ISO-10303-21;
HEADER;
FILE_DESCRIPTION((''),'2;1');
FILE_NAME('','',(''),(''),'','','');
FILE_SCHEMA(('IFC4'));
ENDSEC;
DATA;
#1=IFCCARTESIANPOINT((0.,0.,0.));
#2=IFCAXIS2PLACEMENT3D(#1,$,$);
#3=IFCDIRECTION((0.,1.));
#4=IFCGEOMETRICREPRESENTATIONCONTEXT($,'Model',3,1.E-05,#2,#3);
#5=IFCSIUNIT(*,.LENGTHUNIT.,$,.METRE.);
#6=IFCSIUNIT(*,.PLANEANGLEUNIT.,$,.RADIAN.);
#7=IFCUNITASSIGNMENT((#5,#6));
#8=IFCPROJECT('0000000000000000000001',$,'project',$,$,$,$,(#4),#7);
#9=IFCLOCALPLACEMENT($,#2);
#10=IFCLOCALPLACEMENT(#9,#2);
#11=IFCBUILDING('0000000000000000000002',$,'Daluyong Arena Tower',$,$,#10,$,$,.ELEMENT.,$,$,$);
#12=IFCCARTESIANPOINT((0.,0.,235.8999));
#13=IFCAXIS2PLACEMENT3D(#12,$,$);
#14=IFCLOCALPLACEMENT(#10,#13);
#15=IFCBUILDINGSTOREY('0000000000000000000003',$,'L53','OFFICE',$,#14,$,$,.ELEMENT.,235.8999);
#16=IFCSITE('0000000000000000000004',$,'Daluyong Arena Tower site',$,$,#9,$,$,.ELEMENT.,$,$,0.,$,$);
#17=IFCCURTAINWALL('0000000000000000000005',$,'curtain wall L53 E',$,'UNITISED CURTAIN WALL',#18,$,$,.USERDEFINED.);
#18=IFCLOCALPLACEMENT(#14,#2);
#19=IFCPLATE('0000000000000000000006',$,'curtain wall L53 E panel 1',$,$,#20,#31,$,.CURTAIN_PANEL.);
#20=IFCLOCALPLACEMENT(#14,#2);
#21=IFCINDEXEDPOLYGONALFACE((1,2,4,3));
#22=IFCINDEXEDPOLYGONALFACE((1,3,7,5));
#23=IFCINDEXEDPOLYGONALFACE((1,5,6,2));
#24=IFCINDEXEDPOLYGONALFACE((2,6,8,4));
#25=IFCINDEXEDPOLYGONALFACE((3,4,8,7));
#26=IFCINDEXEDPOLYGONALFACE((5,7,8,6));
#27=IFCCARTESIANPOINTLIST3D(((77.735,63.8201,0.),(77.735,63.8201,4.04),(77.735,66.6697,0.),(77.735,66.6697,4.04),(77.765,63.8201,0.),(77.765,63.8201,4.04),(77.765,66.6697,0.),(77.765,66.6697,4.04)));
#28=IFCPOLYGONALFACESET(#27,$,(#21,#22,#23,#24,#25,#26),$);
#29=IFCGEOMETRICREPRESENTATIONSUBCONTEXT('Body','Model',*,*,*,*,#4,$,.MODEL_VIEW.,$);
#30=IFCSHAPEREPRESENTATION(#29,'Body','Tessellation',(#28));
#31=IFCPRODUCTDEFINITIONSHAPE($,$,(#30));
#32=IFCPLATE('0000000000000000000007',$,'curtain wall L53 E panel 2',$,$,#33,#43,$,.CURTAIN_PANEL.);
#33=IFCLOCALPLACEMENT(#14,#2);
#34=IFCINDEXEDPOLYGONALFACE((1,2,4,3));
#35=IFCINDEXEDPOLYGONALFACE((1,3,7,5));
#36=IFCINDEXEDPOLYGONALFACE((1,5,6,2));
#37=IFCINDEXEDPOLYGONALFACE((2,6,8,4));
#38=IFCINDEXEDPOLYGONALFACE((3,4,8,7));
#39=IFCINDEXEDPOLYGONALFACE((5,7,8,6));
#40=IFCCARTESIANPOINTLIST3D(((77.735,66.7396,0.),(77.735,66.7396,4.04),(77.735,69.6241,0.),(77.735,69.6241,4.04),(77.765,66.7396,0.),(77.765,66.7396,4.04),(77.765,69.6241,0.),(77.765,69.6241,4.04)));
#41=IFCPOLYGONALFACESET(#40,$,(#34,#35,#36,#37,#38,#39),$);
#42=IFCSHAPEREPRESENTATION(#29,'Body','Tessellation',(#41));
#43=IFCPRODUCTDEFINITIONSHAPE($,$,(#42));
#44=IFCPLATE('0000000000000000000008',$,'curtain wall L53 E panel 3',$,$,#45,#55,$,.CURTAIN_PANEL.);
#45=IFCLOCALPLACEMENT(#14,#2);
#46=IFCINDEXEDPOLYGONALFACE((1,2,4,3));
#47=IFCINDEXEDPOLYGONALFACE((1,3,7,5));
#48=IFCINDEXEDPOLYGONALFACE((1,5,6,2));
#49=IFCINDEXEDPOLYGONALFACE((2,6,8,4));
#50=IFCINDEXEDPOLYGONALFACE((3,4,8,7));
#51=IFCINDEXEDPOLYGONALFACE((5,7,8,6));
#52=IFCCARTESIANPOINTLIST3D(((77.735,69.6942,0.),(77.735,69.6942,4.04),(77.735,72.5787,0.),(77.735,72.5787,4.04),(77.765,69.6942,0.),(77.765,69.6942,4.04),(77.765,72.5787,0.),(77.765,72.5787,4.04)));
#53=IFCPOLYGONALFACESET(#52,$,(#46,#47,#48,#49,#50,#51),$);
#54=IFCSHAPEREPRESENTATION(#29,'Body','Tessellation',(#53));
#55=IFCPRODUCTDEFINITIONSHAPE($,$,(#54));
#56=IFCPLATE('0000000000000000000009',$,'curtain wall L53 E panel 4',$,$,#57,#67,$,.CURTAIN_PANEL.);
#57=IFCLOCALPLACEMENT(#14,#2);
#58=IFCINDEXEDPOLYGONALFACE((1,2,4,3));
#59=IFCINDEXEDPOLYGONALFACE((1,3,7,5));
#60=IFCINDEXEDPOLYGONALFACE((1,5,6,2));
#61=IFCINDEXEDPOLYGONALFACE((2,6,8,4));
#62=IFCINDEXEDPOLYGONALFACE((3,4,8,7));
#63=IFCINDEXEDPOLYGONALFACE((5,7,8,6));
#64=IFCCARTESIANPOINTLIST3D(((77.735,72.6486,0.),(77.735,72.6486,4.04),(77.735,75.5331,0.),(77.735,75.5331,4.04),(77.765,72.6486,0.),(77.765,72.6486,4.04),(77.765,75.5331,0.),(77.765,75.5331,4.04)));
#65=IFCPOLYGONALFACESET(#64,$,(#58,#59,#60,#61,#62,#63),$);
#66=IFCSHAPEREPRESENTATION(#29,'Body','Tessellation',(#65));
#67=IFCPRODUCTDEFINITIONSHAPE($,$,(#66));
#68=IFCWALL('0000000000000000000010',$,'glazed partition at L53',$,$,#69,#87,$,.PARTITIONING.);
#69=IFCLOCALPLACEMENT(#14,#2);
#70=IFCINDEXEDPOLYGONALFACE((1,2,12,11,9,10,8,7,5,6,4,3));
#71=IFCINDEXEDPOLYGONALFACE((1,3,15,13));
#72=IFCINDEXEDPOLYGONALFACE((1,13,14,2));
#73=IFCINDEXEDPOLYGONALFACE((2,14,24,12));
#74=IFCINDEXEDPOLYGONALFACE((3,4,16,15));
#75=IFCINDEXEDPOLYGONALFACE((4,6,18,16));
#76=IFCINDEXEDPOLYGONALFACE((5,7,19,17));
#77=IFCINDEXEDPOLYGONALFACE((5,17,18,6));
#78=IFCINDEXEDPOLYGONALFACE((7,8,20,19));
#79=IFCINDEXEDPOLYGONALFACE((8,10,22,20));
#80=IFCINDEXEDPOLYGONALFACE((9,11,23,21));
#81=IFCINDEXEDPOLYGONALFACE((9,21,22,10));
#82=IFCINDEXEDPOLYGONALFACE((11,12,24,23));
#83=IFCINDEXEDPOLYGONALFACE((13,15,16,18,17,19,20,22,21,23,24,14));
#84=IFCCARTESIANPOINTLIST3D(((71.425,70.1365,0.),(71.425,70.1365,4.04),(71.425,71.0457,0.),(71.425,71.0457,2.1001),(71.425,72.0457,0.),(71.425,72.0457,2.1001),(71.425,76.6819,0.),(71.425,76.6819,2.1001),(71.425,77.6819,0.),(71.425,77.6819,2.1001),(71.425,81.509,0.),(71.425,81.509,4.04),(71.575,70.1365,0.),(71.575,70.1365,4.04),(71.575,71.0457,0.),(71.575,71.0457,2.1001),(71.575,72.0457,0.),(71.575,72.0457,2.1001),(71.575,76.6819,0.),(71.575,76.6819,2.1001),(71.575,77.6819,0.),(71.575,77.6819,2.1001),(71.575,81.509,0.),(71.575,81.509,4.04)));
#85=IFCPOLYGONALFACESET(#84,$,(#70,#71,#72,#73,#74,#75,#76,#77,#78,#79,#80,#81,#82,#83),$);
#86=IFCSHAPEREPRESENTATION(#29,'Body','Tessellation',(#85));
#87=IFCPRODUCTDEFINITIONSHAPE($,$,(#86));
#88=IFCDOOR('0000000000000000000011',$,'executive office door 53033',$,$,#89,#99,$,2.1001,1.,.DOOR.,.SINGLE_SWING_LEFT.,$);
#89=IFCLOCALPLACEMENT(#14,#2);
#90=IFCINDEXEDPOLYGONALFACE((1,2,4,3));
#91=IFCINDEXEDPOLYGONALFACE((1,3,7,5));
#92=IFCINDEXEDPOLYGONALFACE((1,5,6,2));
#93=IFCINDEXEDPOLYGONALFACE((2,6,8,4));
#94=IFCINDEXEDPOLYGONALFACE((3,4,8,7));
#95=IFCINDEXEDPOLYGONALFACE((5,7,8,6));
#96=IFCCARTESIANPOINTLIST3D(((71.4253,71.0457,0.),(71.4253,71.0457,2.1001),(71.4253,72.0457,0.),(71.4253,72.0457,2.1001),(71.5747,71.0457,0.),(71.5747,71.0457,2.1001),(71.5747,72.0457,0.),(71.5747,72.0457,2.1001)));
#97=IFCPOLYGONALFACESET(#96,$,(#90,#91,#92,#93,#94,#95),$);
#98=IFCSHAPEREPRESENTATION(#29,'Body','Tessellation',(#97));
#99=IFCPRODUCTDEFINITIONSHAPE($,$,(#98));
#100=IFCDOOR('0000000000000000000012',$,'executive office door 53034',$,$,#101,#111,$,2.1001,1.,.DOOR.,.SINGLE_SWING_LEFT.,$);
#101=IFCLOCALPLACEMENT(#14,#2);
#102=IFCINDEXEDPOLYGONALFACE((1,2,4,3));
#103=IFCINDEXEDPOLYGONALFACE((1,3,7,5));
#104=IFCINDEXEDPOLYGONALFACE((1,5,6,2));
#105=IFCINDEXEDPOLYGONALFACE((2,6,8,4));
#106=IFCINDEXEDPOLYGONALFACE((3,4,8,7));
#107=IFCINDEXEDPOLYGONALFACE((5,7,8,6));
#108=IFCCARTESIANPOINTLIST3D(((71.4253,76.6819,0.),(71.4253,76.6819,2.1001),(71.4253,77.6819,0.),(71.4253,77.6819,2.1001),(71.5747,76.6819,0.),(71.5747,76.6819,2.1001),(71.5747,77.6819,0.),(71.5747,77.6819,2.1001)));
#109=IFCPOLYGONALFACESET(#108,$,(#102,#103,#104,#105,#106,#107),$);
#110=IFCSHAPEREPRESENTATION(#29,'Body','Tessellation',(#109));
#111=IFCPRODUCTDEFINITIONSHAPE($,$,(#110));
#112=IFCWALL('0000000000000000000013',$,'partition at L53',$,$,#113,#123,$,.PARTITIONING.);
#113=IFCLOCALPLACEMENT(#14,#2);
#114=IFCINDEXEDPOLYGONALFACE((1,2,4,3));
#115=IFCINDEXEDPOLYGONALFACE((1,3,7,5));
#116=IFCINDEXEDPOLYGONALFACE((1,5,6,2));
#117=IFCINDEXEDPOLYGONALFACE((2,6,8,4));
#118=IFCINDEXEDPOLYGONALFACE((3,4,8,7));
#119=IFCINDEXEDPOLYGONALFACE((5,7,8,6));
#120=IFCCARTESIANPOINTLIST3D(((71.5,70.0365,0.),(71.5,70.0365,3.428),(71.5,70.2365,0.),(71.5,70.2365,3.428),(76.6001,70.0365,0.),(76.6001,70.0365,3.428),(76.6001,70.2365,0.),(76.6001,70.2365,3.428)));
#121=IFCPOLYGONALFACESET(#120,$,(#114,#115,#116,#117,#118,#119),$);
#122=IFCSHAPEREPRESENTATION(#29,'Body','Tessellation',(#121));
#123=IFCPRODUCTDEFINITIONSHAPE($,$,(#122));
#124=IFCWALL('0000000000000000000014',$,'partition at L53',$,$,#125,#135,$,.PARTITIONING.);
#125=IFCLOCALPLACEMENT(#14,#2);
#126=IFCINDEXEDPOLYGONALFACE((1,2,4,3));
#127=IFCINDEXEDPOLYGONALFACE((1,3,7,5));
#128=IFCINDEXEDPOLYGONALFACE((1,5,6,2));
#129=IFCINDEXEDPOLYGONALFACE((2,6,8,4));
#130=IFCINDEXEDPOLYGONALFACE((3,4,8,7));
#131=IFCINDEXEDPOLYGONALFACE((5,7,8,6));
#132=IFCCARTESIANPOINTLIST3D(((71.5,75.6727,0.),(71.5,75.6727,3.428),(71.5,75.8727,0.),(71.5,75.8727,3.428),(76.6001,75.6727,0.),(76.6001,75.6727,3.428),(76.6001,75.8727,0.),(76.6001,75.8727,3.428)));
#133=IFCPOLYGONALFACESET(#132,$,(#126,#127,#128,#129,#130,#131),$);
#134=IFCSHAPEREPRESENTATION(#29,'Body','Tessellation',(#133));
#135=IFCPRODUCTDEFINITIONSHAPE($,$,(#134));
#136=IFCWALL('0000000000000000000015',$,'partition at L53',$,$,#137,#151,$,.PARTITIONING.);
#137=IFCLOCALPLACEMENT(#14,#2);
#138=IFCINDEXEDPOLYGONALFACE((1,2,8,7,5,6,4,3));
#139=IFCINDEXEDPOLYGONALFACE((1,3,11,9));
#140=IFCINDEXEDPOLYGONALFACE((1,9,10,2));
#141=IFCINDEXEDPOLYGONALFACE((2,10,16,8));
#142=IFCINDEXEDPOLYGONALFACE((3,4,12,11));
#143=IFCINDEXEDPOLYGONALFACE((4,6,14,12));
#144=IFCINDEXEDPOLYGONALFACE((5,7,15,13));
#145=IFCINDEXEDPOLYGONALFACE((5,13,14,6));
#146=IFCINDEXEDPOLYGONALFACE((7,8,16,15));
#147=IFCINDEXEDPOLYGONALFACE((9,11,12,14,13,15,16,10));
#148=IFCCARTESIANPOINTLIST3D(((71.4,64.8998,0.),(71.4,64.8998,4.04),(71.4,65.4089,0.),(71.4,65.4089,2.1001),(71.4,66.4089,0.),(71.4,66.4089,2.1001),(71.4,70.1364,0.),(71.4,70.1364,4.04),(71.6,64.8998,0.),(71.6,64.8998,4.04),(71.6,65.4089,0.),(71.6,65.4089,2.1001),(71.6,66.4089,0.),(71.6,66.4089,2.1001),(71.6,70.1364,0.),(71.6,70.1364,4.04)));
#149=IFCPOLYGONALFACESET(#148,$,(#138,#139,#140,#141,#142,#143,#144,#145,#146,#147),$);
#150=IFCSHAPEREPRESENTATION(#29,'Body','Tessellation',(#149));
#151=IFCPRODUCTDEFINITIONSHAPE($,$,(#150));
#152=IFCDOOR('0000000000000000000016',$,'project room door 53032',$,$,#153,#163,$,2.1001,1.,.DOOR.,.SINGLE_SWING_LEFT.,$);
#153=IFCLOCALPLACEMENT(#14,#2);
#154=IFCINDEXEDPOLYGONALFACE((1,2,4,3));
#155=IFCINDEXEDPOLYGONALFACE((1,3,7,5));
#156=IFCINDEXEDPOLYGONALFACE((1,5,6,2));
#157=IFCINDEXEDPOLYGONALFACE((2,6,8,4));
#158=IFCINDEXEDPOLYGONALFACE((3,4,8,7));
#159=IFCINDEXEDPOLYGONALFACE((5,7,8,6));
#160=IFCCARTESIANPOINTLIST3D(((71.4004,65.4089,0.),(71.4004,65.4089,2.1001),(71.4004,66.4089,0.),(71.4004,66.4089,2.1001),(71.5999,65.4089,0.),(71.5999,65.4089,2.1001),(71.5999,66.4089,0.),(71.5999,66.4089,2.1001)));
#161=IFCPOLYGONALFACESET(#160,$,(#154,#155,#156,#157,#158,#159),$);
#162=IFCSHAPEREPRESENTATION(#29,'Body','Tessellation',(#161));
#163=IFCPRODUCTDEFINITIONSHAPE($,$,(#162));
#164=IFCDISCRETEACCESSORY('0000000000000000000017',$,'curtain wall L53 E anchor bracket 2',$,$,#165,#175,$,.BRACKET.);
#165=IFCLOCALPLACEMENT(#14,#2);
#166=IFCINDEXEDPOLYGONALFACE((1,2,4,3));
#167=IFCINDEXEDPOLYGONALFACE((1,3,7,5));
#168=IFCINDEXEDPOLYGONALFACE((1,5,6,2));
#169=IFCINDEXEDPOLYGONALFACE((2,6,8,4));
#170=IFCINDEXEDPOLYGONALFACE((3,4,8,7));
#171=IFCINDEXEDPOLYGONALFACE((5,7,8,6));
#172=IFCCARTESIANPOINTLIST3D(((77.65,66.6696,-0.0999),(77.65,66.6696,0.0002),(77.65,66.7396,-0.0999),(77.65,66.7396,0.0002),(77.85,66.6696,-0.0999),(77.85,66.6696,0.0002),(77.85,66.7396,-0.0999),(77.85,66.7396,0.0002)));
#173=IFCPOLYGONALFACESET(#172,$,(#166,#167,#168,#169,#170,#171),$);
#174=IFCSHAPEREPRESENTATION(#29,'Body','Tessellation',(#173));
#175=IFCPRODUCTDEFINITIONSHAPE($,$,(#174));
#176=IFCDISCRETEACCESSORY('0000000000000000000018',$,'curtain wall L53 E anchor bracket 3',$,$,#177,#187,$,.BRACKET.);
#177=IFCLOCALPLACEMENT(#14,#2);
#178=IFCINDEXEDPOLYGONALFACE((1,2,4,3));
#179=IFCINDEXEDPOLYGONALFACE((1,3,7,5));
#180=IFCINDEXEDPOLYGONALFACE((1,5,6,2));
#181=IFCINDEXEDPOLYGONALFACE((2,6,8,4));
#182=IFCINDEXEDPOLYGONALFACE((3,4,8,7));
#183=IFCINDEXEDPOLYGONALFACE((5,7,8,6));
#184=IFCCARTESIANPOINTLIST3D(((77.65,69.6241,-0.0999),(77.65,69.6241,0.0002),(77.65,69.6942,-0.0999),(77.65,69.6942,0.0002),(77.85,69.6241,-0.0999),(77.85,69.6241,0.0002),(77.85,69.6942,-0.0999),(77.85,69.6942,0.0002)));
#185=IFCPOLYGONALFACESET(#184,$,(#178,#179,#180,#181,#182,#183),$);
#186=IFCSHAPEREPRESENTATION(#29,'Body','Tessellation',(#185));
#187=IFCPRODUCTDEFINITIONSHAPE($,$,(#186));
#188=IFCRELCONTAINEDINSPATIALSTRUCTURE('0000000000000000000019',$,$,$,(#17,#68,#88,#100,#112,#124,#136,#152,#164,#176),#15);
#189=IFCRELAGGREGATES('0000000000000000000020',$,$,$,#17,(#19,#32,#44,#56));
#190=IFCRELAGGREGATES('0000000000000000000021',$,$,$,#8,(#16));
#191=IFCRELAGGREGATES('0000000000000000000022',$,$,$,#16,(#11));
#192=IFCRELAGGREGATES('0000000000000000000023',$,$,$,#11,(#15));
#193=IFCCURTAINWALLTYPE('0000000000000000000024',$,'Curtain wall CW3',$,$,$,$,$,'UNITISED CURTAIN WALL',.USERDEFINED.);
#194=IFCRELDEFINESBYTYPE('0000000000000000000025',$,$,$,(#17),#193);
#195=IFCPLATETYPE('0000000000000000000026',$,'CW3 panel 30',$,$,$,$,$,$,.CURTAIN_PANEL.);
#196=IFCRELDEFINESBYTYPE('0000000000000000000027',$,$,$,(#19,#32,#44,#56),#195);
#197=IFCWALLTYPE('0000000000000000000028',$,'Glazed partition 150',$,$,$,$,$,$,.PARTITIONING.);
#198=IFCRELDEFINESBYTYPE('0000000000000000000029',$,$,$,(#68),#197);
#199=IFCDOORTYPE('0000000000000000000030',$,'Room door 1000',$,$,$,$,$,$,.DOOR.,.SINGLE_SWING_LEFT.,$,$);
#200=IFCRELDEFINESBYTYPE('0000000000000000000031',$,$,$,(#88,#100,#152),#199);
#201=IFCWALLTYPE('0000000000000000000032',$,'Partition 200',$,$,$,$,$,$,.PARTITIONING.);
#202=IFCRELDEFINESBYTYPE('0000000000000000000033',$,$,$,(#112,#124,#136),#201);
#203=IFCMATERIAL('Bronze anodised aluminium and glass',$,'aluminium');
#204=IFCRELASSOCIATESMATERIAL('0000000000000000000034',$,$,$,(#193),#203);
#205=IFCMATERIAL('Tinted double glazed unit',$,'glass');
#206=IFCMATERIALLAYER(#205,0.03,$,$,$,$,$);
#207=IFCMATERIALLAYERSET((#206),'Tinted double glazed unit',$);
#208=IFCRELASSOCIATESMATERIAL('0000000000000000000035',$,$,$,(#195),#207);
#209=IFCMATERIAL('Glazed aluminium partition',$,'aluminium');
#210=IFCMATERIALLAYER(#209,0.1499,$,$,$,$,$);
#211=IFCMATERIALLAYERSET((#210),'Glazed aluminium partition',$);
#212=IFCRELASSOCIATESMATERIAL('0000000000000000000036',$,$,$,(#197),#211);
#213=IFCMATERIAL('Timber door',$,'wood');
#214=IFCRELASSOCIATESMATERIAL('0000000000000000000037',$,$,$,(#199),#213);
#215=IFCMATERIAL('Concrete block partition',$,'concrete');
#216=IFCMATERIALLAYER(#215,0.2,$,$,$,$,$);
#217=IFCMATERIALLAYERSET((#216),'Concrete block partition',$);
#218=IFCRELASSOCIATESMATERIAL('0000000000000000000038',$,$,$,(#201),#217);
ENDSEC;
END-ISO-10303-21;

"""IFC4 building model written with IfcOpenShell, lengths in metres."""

from ifc_helpers import new_model, si_unit, direction, frame, frame_2d, origin, origin_2d, place, context, subcontext, project, spatial, rectangle, extrude, material, layer, layer_set, type_object, element, fill, aggregate, save


model = new_model("IFC4")

# Units and contexts
model_context = context("Model", 3, precision=1e-05, world=origin(), true_north=direction((0.0, 1.0)))
body_context = subcontext(model_context, "Body", "Model", "MODEL_VIEW")
ifc_project = project(units=[si_unit("LENGTHUNIT", "METRE"), si_unit("PLANEANGLEUNIT", "RADIAN")], contexts=[model_context])

# Site, building, storey
site_placement = place(None, origin())
site = spatial("IfcSite", under=ifc_project, at=site_placement, Name="Daluyong Arena Tower site", CompositionType="ELEMENT", RefElevation=0.0)
building_placement = place(site_placement, origin())
building = spatial("IfcBuilding", under=site, at=building_placement, Name="Daluyong Arena Tower", CompositionType="ELEMENT")
storey_placement = place(building_placement, frame((0.0, 0.0, 235.8999)))
storey = spatial("IfcBuildingStorey", under=building, at=storey_placement, Name="L53", Description="OFFICE", CompositionType="ELEMENT", Elevation=235.8999)

# Curtain wall
ifc_material_1 = material(Name="Bronze anodised aluminium and glass", Category="aluminium")
curtain_wall_type = type_object("IfcCurtainWallType", Name="Curtain wall CW3", ElementType="UNITISED CURTAIN WALL", PredefinedType="USERDEFINED", material=ifc_material_1)
curtain_wall_placement = place(storey_placement, origin())
curtain_wall = element("IfcCurtainWall", 1, at=curtain_wall_placement, inside=storey, type_object=curtain_wall_type, Name="curtain wall L53 E", ObjectType="UNITISED CURTAIN WALL", PredefinedType="USERDEFINED")

# Plates
ifc_material_2 = material(Name="Tinted double glazed unit", Category="glass")
ifc_layer_1 = layer(ifc_material_2, 0.03)
ifc_layer_set_1 = layer_set([ifc_layer_1], Name="Tinted double glazed unit")
plate_type = type_object("IfcPlateType", Name="CW3 panel 30", PredefinedType="CURTAIN_PANEL", material=ifc_layer_set_1)
plate_1_placement = place(storey_placement, frame((77.75, 65.2449, 0.0), z_axis=(0.0, 0.0, 1.0), x_axis=(0.0, 1.0, 0.0)))
plate_1 = element("IfcPlate", 2, at=plate_1_placement, type_object=plate_type, Name="curtain wall L53 E panel 1", PredefinedType="CURTAIN_PANEL", context=body_context, shape_type="SweptSolid", body=[
    extrude(rectangle(XDim=2.8496, YDim=0.03, at=origin_2d()), origin(), (0.0, 0.0, 1.0), 4.04),
])
plate_2_placement = place(storey_placement, frame((77.75, 68.1819, 0.0), z_axis=(0.0, 0.0, 1.0), x_axis=(0.0, 1.0, 0.0)))
plate_2 = element("IfcPlate", 3, at=plate_2_placement, type_object=plate_type, Name="curtain wall L53 E panel 2", PredefinedType="CURTAIN_PANEL", context=body_context, shape_type="SweptSolid", body=[
    extrude(rectangle(XDim=2.8845, YDim=0.03, at=origin_2d()), origin(), (0.0, 0.0, 1.0), 4.04),
])
plate_3_placement = place(storey_placement, frame((77.75, 71.1365, 0.0), z_axis=(0.0, 0.0, 1.0), x_axis=(0.0, 1.0, 0.0)))
plate_3 = element("IfcPlate", 4, at=plate_3_placement, type_object=plate_type, Name="curtain wall L53 E panel 3", PredefinedType="CURTAIN_PANEL", context=body_context, shape_type="SweptSolid", body=[
    extrude(rectangle(XDim=2.8845, YDim=0.03, at=origin_2d()), origin(), (0.0, 0.0, 1.0), 4.04),
])
plate_4_placement = place(storey_placement, frame((77.75, 74.0908, 0.0), z_axis=(0.0, 0.0, 1.0), x_axis=(0.0, 1.0, 0.0)))
plate_4 = element("IfcPlate", 5, at=plate_4_placement, type_object=plate_type, Name="curtain wall L53 E panel 4", PredefinedType="CURTAIN_PANEL", context=body_context, shape_type="SweptSolid", body=[
    extrude(rectangle(XDim=2.8845, YDim=0.03, at=origin_2d()), origin(), (0.0, 0.0, 1.0), 4.04),
])
aggregate(curtain_wall, [plate_1, plate_2, plate_3, plate_4])

# Wall, openings, doors
ifc_material_3 = material(Name="Glazed aluminium partition", Category="aluminium")
ifc_layer_2 = layer(ifc_material_3, 0.1499)
ifc_layer_set_2 = layer_set([ifc_layer_2], Name="Glazed aluminium partition")
wall_type_1 = type_object("IfcWallType", Name="Glazed partition 150", PredefinedType="PARTITIONING", material=ifc_layer_set_2)
wall_1_placement = place(storey_placement, frame((71.5, 70.1365, 0.0), z_axis=(0.0, 0.0, 1.0), x_axis=(0.0, 1.0, 0.0)))
wall_1 = element("IfcWall", 6, at=wall_1_placement, inside=storey, type_object=wall_type_1, Name="glazed partition at L53", PredefinedType="PARTITIONING", context=body_context, shape_type="SweptSolid", body=[
    extrude(rectangle(XDim=11.3726, YDim=0.1499, at=frame_2d((5.6863, 0.0))), origin(), (0.0, 0.0, 1.0), 4.04),
])
opening_1_placement = place(wall_1_placement, frame((0.9092, 0.0, 0.0)))
opening_1 = element("IfcOpeningElement", 7, at=opening_1_placement, cuts=wall_1, PredefinedType="OPENING", context=body_context, shape_type="SweptSolid", body=[
    extrude(rectangle(XDim=1.0, YDim=2.1001, at=frame_2d((0.5, 1.05))), frame((0.0, 0.085, 0.0), z_axis=(0.0, -1.0, 0.0), x_axis=(1.0, 0.0, 0.0)), (0.0, 0.0, 1.0), 0.1699),
])
opening_2_placement = place(wall_1_placement, frame((6.5454, 0.0, 0.0)))
opening_2 = element("IfcOpeningElement", 8, at=opening_2_placement, cuts=wall_1, PredefinedType="OPENING", context=body_context, shape_type="SweptSolid", body=[
    extrude(rectangle(XDim=1.0, YDim=2.1001, at=frame_2d((0.5, 1.05))), frame((0.0, 0.085, 0.0), z_axis=(0.0, -1.0, 0.0), x_axis=(1.0, 0.0, 0.0)), (0.0, 0.0, 1.0), 0.1699),
])
ifc_material_4 = material(Name="Timber door", Category="wood")
door_type = type_object("IfcDoorType", Name="Room door 1000", OperationType="SINGLE_SWING_LEFT", PredefinedType="DOOR", material=ifc_material_4)
door_1_placement = place(opening_1_placement, origin())
door_1 = element("IfcDoor", 9, at=door_1_placement, inside=storey, type_object=door_type, Name="executive office door 53033", OperationType="SINGLE_SWING_LEFT", OverallHeight=2.1001, OverallWidth=1.0, PredefinedType="DOOR", context=body_context, shape_type="SweptSolid", body=[
    extrude(rectangle(XDim=1.0, YDim=2.1001, at=frame_2d((0.5, 1.05))), frame((0.0, 0.0747, 0.0), z_axis=(0.0, -1.0, 0.0), x_axis=(1.0, 0.0, 0.0)), (0.0, 0.0, 1.0), 0.1494),
])
fill(opening_1, door_1)
door_2_placement = place(opening_2_placement, origin())
door_2 = element("IfcDoor", 10, at=door_2_placement, inside=storey, type_object=door_type, Name="executive office door 53034", OperationType="SINGLE_SWING_LEFT", OverallHeight=2.1001, OverallWidth=1.0, PredefinedType="DOOR", context=body_context, shape_type="SweptSolid", body=[
    extrude(rectangle(XDim=1.0, YDim=2.1001, at=frame_2d((0.5, 1.05))), frame((0.0, 0.0747, 0.0), z_axis=(0.0, -1.0, 0.0), x_axis=(1.0, 0.0, 0.0)), (0.0, 0.0, 1.0), 0.1494),
])
fill(opening_2, door_2)

# Walls
ifc_material_5 = material(Name="Concrete block partition", Category="concrete")
ifc_layer_3 = layer(ifc_material_5, 0.2)
ifc_layer_set_3 = layer_set([ifc_layer_3], Name="Concrete block partition")
wall_type_2 = type_object("IfcWallType", Name="Partition 200", PredefinedType="PARTITIONING", material=ifc_layer_set_3)
for number, where, z_axis, x_axis, name in (
    (11, (71.5, 70.1365, 0.0), (0.0, 0.0, 1.0), (1.0, 0.0, 0.0), "partition at L53"),
    (12, (71.5, 75.7727, 0.0), (0.0, 0.0, 1.0), (1.0, 0.0, 0.0), "partition at L53"),
):
    element("IfcWall", number, at=place(storey_placement, frame(where, z_axis=z_axis, x_axis=x_axis)), inside=storey, type_object=wall_type_2, Name=name, PredefinedType="PARTITIONING", context=body_context, shape_type="SweptSolid", body=[
        extrude(rectangle(XDim=5.1001, YDim=0.2, at=frame_2d((2.55, 0.0))), origin(), (0.0, 0.0, 1.0), 3.428),
    ])

# Wall, opening, door
wall_2_placement = place(storey_placement, frame((71.5, 64.8999, 0.0), z_axis=(0.0, 0.0, 1.0), x_axis=(0.0, 1.0, 0.0)))
wall_2 = element("IfcWall", 13, at=wall_2_placement, inside=storey, type_object=wall_type_2, Name="partition at L53", PredefinedType="PARTITIONING", context=body_context, shape_type="SweptSolid", body=[
    extrude(rectangle(XDim=5.2366, YDim=0.2, at=frame_2d((2.6182, 0.0))), origin(), (0.0, 0.0, 1.0), 4.04),
])
opening_3_placement = place(wall_2_placement, frame((0.509, 0.0, 0.0)))
opening_3 = element("IfcOpeningElement", 14, at=opening_3_placement, cuts=wall_2, PredefinedType="OPENING", context=body_context, shape_type="SweptSolid", body=[
    extrude(rectangle(XDim=1.0, YDim=2.1001, at=frame_2d((0.5, 1.05))), frame((0.0, 0.1099, 0.0), z_axis=(0.0, -1.0, 0.0), x_axis=(1.0, 0.0, 0.0)), (0.0, 0.0, 1.0), 0.22),
])
door_3_placement = place(opening_3_placement, origin())
door_3 = element("IfcDoor", 15, at=door_3_placement, inside=storey, type_object=door_type, Name="project room door 53032", OperationType="SINGLE_SWING_LEFT", OverallHeight=2.1001, OverallWidth=1.0, PredefinedType="DOOR", context=body_context, shape_type="SweptSolid", body=[
    extrude(rectangle(XDim=1.0, YDim=2.1001, at=frame_2d((0.5, 1.05))), frame((0.0, 0.0996, 0.0), z_axis=(0.0, -1.0, 0.0), x_axis=(1.0, 0.0, 0.0)), (0.0, 0.0, 1.0), 0.1995),
])
fill(opening_3, door_3)

# Discrete accessories
for number, where, z_axis, x_axis, name in (
    (16, (77.75, 66.7046, -0.0999), (0.0, 0.0, 1.0), (0.0, 1.0, 0.0), "curtain wall L53 E anchor bracket 2"),
    (17, (77.75, 69.6592, -0.0999), (0.0, 0.0, 1.0), (0.0, 1.0, 0.0), "curtain wall L53 E anchor bracket 3"),
):
    element("IfcDiscreteAccessory", number, at=place(storey_placement, frame(where, z_axis=z_axis, x_axis=x_axis)), inside=storey, Name=name, PredefinedType="BRACKET", context=body_context, shape_type="SweptSolid", body=[
        extrude(rectangle(XDim=0.0701, YDim=0.2, at=origin_2d()), origin(), (0.0, 0.0, 1.0), 0.1001),
    ])

save(model, "model.ifc")
